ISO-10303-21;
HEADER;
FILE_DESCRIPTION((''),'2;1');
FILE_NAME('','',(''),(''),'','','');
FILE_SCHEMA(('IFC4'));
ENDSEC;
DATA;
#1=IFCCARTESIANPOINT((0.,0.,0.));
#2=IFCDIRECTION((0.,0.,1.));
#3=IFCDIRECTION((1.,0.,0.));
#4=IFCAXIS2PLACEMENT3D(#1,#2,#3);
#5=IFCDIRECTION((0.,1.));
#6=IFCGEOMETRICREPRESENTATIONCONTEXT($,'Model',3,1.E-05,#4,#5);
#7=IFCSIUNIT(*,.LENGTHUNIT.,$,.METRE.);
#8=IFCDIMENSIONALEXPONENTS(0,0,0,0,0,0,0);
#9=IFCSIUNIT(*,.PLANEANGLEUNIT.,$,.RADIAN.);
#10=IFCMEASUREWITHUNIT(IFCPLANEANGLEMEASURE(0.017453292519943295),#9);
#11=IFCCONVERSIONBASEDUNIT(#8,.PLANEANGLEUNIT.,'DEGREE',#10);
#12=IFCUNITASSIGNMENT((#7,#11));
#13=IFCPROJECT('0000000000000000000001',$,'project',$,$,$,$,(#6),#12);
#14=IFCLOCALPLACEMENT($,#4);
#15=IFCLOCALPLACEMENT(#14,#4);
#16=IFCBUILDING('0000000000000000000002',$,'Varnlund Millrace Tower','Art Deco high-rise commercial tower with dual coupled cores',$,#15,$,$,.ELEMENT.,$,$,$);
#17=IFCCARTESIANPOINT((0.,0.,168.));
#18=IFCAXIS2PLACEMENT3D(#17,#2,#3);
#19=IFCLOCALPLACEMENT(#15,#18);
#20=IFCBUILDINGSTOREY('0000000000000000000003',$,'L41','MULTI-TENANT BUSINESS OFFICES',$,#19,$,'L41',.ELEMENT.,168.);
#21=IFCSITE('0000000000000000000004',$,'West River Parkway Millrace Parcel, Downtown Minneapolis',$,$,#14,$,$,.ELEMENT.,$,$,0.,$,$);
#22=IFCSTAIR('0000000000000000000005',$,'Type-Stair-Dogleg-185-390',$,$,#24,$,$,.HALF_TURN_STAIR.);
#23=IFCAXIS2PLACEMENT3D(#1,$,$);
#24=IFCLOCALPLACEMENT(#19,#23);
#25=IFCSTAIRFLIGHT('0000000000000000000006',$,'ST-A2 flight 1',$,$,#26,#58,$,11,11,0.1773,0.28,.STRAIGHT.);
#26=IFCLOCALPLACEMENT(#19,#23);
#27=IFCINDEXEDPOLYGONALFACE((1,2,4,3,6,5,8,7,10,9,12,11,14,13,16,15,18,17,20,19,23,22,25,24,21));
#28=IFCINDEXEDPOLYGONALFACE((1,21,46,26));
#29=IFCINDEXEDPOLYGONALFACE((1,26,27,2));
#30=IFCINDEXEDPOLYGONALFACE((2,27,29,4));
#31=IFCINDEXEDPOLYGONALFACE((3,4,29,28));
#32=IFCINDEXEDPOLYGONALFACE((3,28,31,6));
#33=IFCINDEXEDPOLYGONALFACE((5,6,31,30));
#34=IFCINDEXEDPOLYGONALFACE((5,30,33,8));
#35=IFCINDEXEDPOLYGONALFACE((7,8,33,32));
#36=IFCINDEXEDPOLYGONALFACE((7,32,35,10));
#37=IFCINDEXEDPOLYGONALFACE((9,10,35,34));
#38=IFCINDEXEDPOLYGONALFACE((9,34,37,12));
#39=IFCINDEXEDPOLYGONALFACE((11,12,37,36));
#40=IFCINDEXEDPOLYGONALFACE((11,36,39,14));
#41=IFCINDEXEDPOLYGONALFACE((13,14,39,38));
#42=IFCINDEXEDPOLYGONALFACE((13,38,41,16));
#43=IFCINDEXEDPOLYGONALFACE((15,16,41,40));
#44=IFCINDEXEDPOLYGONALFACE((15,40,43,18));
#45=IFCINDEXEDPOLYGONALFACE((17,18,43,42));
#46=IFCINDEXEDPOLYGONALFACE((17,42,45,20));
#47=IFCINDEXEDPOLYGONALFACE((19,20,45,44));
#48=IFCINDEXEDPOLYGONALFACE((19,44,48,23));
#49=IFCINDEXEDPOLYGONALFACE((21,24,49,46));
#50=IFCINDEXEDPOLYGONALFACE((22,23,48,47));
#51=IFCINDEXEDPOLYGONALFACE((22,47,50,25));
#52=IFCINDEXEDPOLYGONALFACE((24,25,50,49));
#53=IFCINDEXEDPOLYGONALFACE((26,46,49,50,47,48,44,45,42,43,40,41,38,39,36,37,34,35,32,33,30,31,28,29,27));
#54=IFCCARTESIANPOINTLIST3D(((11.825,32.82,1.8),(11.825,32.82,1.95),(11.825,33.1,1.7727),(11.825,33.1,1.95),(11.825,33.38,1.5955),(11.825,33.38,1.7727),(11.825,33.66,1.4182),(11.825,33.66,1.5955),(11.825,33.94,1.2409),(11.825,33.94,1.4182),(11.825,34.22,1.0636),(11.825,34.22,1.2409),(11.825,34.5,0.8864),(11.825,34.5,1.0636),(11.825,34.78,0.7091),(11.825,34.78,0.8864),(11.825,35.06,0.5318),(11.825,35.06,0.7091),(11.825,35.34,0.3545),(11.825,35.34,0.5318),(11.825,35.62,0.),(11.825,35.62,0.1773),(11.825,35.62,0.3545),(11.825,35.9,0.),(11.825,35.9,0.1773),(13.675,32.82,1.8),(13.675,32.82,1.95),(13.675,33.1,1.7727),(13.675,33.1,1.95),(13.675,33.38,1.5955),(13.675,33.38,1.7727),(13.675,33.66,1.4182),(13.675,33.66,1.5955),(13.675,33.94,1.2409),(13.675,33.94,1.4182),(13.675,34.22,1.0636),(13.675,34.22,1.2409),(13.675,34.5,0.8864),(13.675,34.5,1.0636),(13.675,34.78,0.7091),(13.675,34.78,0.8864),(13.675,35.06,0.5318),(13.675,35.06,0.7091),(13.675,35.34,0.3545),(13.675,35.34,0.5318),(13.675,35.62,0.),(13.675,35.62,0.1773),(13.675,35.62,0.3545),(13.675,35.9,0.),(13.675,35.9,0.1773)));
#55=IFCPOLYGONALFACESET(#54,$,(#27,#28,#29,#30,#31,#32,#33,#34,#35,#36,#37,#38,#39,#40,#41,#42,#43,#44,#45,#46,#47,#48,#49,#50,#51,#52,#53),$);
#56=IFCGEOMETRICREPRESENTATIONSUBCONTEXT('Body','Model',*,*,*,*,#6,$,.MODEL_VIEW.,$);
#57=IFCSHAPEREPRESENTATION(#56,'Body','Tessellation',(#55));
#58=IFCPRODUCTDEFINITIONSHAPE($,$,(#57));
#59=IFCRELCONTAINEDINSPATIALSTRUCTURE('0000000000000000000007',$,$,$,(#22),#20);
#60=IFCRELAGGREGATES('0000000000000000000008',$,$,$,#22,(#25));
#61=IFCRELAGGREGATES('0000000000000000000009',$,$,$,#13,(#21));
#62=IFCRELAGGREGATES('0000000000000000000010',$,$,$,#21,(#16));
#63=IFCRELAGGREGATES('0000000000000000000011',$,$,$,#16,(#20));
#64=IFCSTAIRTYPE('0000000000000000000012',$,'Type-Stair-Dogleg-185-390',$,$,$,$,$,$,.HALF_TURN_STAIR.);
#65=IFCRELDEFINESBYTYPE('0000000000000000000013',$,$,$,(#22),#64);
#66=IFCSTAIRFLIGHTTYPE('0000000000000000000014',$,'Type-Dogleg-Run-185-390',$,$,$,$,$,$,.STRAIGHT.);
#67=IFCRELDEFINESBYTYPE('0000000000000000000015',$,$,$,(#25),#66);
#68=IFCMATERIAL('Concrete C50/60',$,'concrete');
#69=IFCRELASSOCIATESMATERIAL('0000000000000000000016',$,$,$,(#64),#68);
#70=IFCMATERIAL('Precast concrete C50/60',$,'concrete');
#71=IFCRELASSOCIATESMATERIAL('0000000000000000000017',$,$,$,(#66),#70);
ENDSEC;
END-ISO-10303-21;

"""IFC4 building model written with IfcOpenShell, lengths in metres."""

from ifc_helpers import new_model, entity, si_unit, converted_unit, direction, frame, origin_with_axes, place, context, subcontext, project, spatial, polyline, outline, extrude, material, type_object, element, aggregate, save


model = new_model("IFC4")

# Units and contexts
model_context = context("Model", 3, precision=1e-05, world=origin_with_axes(), true_north=direction((0.0, 1.0)))
body_context = subcontext(model_context, "Body", "Model", "MODEL_VIEW")
ifc_project = project(units=[si_unit("LENGTHUNIT", "METRE"), converted_unit("PLANEANGLEUNIT", "DEGREE", entity("IfcPlaneAngleMeasure", 0.017453292519943295), si_unit("PLANEANGLEUNIT", "RADIAN"), dimensions=[0, 0, 0, 0, 0, 0, 0])], contexts=[model_context])

# Site, building, storey
site_placement = place(None, origin_with_axes())
site = spatial("IfcSite", under=ifc_project, at=site_placement, Name="West River Parkway Millrace Parcel, Downtown Minneapolis", CompositionType="ELEMENT", RefElevation=0.0)
building_placement = place(site_placement, origin_with_axes())
building = spatial("IfcBuilding", under=site, at=building_placement, Name="Varnlund Millrace Tower", Description="Art Deco high-rise commercial tower with dual coupled cores", CompositionType="ELEMENT")
storey_placement = place(building_placement, frame((0.0, 0.0, 168.0), z_axis=(0.0, 0.0, 1.0), x_axis=(1.0, 0.0, 0.0)))
storey = spatial("IfcBuildingStorey", under=building, at=storey_placement, Name="L41", Description="MULTI-TENANT BUSINESS OFFICES", LongName="L41", CompositionType="ELEMENT", Elevation=168.0)

# Stair, stair flight
ifc_material_1 = material(Name="Concrete C50/60", Category="concrete")
ifc_material_2 = material(Name="Precast concrete C50/60", Category="concrete")
stair_type_1 = type_object("IfcStairType", Name="Type-Stair-Dogleg-185-390", PredefinedType="HALF_TURN_STAIR", material=ifc_material_1)
stair_1_placement = place(storey_placement, origin_with_axes())
stair_1 = element("IfcStair", 1, at=stair_1_placement, inside=storey, type_object=stair_type_1, Name="Type-Stair-Dogleg-185-390", PredefinedType="HALF_TURN_STAIR")
stair_flight_type_1 = type_object("IfcStairFlightType", Name="Type-Dogleg-Run-185-390", PredefinedType="STRAIGHT", material=ifc_material_2)
stair_flight_1_placement = place(storey_placement, frame((13.675, 35.9, 0.0), z_axis=(-1.0, 0.0, 0.0), x_axis=(0.0, -1.0, 0.0)))
stair_flight_1 = element("IfcStairFlight", 2, at=stair_flight_1_placement, type_object=stair_flight_type_1, Name="ST-A2 flight 1", NumberOfRisers=11, NumberOfTreads=11, PredefinedType="STRAIGHT", RiserHeight=0.1773, TreadLength=0.28, context=body_context, shape_type="SweptSolid", body=[
    extrude(outline(polyline([(0.0, 0.0), (0.0, 0.1773), (0.28, 0.1773), (0.28, 0.3545), (0.56, 0.3545), (0.56, 0.5318), (0.84, 0.5318), (0.84, 0.7091), (1.12, 0.7091), (1.12, 0.8864), (1.4, 0.8864), (1.4, 1.0636), (1.68, 1.0636), (1.68, 1.2409), (1.96, 1.2409), (1.96, 1.4182), (2.24, 1.4182), (2.24, 1.5955), (2.52, 1.5955), (2.52, 1.7727), (2.8, 1.7727), (2.8, 1.95), (3.08, 1.95), (3.08, 1.8), (0.28, 0.0), (0.0, 0.0)])), origin_with_axes(), (0.0, 0.0, 1.0), 1.85),
])
aggregate(stair_1, [stair_flight_1])

save(model, "model.ifc")
